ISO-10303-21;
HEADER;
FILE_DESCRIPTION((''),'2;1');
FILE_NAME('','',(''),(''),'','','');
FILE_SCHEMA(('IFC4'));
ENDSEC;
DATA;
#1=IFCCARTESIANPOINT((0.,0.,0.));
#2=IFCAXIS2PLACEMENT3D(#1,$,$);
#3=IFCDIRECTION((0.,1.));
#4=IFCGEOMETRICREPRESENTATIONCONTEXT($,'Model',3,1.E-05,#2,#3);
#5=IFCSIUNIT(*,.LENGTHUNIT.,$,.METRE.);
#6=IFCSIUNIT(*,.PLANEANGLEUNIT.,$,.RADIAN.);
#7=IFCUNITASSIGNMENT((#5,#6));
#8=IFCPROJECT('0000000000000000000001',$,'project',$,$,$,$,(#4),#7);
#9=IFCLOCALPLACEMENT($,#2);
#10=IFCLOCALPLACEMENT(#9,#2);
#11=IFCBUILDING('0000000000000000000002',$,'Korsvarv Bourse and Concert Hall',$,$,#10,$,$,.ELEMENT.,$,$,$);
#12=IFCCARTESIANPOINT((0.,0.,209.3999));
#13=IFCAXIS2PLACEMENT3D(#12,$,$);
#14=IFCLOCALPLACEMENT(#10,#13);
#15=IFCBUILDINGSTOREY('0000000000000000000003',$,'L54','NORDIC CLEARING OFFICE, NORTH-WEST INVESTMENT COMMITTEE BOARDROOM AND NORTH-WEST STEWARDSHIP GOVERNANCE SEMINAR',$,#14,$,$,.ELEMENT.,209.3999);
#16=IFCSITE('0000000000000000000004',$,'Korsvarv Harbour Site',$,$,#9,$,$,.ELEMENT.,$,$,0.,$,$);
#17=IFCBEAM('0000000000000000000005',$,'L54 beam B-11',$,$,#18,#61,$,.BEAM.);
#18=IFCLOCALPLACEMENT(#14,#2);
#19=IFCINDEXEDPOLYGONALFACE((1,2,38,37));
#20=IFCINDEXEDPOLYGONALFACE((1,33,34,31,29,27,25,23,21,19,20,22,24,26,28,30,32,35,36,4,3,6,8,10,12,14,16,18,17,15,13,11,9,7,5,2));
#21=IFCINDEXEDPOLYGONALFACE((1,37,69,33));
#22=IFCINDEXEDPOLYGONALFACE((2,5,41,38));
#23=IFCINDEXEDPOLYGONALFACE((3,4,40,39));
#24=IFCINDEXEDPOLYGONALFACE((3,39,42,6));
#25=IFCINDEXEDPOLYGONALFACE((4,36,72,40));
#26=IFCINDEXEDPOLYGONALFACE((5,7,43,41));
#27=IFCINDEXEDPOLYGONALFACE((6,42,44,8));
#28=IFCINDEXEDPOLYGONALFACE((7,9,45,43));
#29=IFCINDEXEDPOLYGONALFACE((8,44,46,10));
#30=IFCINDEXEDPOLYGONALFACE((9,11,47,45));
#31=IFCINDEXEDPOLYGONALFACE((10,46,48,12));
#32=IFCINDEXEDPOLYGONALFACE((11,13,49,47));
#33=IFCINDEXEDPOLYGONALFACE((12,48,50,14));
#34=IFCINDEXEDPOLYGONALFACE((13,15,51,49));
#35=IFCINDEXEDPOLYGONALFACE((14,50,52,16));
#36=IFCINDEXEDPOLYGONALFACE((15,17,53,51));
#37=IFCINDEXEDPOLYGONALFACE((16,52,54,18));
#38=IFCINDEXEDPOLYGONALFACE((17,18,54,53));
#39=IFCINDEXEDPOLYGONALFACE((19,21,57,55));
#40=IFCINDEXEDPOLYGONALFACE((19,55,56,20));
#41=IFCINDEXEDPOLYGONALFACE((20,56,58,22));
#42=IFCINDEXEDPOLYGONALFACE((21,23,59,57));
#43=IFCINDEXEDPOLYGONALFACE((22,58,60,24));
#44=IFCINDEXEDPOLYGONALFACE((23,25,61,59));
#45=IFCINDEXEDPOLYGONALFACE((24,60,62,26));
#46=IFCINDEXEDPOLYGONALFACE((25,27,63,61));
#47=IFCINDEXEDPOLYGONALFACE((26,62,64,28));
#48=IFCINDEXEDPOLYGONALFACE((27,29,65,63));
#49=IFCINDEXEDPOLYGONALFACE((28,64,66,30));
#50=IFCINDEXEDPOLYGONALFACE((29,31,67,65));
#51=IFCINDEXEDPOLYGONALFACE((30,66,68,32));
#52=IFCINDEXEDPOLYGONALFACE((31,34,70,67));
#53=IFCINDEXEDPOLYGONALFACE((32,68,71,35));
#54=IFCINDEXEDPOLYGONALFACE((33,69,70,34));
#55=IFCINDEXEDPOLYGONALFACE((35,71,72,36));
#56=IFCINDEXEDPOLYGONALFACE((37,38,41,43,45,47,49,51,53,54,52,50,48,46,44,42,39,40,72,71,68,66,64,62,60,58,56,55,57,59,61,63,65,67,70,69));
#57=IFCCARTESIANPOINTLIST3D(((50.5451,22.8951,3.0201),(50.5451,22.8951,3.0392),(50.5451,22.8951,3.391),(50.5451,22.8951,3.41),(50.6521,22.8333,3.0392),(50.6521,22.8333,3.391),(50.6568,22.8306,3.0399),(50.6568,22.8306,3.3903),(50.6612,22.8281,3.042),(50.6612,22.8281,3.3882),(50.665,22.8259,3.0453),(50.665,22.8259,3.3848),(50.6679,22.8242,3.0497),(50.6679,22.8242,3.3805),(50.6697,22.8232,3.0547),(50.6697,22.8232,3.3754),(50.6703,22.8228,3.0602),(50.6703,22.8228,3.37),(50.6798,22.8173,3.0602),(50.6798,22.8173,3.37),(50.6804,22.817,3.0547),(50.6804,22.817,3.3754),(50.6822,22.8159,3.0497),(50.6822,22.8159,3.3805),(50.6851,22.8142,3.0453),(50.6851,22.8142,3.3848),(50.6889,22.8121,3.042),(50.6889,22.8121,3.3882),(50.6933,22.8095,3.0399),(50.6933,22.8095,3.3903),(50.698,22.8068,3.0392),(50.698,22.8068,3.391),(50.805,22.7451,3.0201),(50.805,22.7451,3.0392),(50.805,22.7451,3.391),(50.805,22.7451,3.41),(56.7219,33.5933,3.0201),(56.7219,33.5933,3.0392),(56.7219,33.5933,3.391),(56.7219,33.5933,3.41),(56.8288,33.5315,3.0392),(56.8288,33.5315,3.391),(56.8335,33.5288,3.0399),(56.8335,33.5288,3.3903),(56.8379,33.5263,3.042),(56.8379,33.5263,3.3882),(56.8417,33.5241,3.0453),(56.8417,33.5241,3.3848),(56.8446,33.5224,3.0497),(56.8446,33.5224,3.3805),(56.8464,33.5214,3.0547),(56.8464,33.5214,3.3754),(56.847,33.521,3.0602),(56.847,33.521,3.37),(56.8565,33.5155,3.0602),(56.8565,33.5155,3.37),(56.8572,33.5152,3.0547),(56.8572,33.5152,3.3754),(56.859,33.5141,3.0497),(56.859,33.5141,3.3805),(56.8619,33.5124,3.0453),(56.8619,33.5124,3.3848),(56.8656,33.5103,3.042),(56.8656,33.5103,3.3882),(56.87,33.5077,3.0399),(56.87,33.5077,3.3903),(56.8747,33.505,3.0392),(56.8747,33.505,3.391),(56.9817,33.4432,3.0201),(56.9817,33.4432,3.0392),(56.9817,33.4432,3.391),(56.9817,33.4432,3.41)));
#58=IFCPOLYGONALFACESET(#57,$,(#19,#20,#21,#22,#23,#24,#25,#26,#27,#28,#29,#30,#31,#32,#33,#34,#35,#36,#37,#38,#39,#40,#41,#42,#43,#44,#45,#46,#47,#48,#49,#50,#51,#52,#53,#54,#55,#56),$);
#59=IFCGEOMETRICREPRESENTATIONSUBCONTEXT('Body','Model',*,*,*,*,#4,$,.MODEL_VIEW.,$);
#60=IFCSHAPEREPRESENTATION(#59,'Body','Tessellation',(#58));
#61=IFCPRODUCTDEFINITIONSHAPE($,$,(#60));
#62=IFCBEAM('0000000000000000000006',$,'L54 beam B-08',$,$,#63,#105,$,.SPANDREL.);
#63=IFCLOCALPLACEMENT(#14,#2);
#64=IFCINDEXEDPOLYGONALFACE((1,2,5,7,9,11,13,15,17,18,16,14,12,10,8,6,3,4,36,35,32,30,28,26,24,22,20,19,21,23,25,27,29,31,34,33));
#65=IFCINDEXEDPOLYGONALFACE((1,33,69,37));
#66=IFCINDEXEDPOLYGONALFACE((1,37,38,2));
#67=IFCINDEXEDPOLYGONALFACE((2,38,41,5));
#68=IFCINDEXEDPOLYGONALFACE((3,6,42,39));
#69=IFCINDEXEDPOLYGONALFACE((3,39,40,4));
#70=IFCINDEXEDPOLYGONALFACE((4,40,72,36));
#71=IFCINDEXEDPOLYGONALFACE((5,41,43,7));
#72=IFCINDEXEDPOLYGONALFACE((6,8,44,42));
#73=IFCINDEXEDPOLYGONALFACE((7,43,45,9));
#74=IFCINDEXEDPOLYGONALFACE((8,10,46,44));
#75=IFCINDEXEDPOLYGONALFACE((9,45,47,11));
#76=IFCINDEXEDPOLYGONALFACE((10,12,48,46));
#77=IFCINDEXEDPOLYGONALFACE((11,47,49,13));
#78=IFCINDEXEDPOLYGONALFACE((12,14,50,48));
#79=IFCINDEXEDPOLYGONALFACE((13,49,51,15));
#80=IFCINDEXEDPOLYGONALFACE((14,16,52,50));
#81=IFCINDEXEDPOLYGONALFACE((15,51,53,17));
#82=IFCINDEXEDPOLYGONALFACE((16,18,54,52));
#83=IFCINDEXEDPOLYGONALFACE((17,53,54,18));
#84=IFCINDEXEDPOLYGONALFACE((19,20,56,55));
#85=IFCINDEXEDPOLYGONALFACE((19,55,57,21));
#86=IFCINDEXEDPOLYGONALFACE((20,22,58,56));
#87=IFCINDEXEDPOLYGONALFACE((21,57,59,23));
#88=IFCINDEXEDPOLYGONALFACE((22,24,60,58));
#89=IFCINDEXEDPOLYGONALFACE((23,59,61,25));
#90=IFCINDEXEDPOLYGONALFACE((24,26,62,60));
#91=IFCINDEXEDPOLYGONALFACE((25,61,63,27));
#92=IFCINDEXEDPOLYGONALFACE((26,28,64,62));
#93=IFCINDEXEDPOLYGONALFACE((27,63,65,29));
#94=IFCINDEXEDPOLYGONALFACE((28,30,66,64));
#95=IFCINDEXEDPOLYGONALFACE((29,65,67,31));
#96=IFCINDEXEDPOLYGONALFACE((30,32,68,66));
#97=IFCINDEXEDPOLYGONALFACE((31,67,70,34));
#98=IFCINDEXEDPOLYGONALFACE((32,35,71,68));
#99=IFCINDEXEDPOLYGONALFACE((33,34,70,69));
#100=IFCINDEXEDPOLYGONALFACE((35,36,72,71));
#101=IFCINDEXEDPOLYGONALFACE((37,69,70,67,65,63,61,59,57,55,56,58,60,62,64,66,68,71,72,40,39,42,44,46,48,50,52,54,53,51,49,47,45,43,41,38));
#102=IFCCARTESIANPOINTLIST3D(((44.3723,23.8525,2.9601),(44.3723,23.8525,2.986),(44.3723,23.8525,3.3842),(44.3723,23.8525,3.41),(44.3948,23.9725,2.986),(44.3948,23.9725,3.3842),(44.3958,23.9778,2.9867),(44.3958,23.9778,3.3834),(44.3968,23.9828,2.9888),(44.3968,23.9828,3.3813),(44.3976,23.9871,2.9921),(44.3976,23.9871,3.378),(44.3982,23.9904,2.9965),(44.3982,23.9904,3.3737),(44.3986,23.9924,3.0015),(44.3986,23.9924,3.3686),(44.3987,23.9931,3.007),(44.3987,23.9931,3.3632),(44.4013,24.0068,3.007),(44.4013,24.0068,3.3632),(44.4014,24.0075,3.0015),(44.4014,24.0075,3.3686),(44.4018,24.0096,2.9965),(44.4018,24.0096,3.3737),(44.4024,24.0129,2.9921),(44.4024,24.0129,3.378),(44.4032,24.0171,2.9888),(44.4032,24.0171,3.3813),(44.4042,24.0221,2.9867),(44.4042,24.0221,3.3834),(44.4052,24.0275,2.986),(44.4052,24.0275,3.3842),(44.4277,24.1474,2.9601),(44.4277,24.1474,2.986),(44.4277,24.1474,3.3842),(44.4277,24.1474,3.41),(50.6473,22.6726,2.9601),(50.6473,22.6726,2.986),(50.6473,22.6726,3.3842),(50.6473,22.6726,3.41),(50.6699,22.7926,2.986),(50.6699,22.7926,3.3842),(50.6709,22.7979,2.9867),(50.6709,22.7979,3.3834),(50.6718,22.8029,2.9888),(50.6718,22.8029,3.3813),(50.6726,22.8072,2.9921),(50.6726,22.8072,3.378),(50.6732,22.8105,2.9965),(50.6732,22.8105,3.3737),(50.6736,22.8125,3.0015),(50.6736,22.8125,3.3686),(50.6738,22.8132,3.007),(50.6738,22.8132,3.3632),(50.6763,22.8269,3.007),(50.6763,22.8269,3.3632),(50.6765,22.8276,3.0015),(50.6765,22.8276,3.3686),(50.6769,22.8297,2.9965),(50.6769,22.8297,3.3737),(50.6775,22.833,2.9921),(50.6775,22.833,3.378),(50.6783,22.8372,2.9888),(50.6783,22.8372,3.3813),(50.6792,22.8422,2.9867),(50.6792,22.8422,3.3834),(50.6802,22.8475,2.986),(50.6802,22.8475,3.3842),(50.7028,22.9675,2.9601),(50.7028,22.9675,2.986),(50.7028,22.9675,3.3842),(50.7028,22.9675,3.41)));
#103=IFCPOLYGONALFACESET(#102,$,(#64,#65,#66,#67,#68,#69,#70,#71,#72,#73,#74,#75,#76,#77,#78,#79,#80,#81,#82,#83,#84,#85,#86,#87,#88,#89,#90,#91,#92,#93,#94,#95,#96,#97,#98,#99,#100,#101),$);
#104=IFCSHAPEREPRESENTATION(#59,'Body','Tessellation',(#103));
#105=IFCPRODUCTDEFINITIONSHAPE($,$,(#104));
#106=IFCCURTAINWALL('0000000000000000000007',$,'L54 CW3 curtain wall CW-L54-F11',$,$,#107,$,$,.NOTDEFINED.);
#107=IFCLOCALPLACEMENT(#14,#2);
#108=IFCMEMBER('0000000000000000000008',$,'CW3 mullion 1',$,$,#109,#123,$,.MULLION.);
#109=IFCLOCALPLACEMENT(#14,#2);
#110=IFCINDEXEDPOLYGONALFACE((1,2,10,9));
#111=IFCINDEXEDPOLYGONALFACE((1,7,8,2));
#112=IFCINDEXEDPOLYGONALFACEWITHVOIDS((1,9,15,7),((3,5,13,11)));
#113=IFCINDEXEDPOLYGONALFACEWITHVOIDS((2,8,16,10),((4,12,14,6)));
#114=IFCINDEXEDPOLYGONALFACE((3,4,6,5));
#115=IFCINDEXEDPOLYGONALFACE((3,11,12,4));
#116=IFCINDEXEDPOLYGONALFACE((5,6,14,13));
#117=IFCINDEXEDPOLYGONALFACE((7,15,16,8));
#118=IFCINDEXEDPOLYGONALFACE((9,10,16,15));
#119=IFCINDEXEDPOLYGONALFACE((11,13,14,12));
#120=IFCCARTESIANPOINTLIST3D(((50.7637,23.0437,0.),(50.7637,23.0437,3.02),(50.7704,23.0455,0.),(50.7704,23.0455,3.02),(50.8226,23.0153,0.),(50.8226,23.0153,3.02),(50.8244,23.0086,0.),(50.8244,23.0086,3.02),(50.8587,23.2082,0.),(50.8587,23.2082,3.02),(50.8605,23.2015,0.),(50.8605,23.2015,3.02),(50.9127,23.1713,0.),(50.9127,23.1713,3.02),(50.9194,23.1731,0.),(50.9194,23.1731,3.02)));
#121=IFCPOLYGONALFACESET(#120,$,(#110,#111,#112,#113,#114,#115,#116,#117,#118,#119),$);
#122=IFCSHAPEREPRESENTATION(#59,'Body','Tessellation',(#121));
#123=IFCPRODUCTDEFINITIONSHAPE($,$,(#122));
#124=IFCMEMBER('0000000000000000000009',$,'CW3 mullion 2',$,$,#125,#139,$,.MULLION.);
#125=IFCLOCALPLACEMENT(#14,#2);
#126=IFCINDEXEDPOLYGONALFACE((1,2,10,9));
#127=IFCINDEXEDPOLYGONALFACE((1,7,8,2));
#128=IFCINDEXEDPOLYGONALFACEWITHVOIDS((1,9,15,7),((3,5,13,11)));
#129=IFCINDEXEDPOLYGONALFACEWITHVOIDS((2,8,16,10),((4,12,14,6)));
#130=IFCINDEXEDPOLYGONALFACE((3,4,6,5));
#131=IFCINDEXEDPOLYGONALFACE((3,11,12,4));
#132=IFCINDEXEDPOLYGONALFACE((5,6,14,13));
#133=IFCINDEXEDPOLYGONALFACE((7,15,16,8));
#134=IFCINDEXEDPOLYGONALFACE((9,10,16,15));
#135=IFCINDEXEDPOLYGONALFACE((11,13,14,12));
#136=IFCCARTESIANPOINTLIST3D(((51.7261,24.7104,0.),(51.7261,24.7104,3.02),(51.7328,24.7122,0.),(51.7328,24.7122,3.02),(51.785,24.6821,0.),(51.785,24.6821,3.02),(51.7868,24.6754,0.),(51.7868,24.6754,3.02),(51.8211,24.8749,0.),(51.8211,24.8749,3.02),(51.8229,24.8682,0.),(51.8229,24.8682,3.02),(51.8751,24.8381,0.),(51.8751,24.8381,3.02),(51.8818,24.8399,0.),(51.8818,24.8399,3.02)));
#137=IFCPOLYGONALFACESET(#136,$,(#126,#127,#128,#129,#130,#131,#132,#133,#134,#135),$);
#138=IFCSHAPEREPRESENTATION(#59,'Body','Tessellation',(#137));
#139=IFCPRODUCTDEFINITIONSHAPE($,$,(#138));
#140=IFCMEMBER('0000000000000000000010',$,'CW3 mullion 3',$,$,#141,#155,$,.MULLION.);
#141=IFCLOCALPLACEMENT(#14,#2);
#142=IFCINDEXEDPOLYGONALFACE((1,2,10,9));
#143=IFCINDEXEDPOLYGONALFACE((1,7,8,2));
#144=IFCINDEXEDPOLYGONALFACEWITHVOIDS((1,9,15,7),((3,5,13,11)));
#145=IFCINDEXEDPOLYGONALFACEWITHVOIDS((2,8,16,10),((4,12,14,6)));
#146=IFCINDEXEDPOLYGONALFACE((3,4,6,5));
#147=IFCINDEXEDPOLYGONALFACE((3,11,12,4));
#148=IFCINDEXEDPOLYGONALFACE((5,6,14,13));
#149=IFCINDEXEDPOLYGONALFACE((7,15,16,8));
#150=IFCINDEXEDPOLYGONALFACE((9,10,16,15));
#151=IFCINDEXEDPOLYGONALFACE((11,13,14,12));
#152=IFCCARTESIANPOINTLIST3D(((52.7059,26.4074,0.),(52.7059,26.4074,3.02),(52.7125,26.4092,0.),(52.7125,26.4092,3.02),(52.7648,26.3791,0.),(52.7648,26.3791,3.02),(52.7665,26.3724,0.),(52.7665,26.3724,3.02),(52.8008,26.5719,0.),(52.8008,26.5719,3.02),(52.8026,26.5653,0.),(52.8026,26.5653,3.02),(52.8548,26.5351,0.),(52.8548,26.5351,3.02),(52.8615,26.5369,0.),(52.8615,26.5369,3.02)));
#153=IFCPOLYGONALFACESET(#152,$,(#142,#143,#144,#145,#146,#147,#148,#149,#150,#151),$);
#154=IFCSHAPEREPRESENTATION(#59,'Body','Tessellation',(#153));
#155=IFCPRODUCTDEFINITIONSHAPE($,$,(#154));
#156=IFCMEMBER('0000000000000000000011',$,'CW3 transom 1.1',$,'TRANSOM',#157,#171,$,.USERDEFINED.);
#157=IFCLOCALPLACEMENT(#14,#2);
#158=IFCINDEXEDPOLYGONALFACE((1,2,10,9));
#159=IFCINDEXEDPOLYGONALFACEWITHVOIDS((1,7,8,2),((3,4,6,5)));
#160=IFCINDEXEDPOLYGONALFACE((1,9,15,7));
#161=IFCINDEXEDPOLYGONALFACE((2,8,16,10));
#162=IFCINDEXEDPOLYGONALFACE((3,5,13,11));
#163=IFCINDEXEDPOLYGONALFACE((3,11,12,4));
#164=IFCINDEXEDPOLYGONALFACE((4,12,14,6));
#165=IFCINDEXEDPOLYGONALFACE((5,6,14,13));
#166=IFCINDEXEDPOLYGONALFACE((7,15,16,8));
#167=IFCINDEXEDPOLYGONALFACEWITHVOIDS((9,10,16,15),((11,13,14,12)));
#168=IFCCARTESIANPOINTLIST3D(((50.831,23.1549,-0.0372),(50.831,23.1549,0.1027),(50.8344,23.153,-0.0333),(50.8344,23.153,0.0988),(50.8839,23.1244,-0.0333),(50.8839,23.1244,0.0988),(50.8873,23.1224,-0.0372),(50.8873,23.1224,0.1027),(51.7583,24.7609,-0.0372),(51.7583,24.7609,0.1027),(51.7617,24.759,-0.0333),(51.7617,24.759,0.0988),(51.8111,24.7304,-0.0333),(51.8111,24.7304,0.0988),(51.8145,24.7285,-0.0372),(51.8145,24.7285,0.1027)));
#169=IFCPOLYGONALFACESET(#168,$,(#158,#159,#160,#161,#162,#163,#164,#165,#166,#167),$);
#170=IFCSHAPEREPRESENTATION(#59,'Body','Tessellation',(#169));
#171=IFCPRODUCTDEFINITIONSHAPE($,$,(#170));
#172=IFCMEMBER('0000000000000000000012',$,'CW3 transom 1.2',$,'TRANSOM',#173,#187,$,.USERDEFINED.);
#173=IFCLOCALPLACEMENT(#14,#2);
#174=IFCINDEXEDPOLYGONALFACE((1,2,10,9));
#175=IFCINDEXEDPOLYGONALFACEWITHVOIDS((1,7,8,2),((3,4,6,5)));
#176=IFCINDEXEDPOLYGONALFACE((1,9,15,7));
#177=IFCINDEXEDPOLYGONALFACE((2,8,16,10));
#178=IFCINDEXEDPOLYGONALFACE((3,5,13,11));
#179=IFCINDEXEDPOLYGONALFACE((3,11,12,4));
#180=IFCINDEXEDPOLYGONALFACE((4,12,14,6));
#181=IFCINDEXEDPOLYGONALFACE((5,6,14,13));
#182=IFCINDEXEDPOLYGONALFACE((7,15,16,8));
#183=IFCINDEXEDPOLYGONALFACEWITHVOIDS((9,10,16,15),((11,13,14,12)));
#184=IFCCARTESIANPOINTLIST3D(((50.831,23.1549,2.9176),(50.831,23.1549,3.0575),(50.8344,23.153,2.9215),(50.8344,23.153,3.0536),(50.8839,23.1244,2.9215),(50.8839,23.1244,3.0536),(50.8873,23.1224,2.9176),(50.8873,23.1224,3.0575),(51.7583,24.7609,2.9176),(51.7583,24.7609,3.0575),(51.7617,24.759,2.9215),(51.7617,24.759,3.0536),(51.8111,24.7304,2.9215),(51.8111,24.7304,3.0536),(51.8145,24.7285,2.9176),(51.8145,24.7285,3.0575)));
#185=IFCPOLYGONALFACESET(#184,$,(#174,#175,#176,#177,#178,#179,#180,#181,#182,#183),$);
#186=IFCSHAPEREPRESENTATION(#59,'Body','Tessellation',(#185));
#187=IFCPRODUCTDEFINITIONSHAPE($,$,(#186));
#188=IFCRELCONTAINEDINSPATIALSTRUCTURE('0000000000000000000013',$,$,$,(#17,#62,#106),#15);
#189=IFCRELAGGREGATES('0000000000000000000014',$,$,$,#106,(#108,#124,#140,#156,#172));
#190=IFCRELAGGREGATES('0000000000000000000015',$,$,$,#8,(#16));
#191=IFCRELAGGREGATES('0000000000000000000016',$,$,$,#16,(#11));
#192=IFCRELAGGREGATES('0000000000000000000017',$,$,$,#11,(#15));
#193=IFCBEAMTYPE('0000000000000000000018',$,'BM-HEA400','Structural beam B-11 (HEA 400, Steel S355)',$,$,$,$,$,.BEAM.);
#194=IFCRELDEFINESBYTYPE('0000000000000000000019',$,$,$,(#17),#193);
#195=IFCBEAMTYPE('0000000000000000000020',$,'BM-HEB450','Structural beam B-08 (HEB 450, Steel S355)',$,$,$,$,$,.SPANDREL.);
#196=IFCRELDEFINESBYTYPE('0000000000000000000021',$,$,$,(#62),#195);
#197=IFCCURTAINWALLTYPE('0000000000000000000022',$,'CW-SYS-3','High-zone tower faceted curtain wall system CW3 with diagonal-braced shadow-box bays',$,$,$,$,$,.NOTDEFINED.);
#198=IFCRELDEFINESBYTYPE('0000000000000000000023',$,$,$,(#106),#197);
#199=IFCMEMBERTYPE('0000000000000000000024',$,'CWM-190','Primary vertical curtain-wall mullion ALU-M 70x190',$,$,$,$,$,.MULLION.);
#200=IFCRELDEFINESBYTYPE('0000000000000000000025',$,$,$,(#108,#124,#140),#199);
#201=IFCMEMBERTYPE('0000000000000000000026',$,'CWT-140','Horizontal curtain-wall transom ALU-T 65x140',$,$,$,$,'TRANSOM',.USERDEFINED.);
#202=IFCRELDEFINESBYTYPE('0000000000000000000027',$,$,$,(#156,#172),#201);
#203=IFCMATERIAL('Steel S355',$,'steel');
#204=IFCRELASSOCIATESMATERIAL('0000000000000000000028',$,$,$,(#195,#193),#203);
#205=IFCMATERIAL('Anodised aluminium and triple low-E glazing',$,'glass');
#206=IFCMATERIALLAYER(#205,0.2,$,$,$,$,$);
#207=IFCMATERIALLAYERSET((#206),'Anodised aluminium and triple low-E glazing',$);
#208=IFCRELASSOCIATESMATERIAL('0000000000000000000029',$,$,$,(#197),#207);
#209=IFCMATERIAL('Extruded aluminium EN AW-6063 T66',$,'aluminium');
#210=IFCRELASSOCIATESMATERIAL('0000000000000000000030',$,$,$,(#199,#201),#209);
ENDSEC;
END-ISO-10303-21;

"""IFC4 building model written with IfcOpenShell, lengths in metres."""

from ifc_helpers import new_model, si_unit, direction, frame, origin, origin_2d, place, context, subcontext, project, spatial, hollow_rectangle, i_section, extrude, source, transform, mapped, material, layer, layer_set, material_profile, profile_set, type_object, element, aggregate, save


model = new_model("IFC4")

# Units and contexts
model_context = context("Model", 3, precision=1e-05, world=origin(), true_north=direction((0.0, 1.0)))
body_context = subcontext(model_context, "Body", "Model", "MODEL_VIEW")
ifc_project = project(units=[si_unit("LENGTHUNIT", "METRE"), si_unit("PLANEANGLEUNIT", "RADIAN")], contexts=[model_context])

# Site, building, storey
site_placement = place(None, origin())
site = spatial("IfcSite", under=ifc_project, at=site_placement, Name="Korsvarv Harbour Site", CompositionType="ELEMENT", RefElevation=0.0)
building_placement = place(site_placement, origin())
building = spatial("IfcBuilding", under=site, at=building_placement, Name="Korsvarv Bourse and Concert Hall", CompositionType="ELEMENT")
storey_placement = place(building_placement, frame((0.0, 0.0, 209.3999)))
storey = spatial("IfcBuildingStorey", under=building, at=storey_placement, Name="L54", Description="NORDIC CLEARING OFFICE, NORTH-WEST INVESTMENT COMMITTEE BOARDROOM AND NORTH-WEST STEWARDSHIP GOVERNANCE SEMINAR", CompositionType="ELEMENT", Elevation=209.3999)

# Shared definitions
ifc_material_1 = material(Name="Steel S355", Category="steel")

# Beams
ifc_material_profile_1 = material_profile(ifc_material_1, i_section(OverallWidth=0.3, OverallDepth=0.45, WebThickness=0.0139, FlangeThickness=0.0259, FilletRadius=0.021, at=origin_2d()), Name="HEB 450")
ifc_profile_set_1 = profile_set([ifc_material_profile_1], Name="Steel S355")
beam_type_1 = type_object("IfcBeamType", Name="BM-HEB450", Description="Structural beam B-08 (HEB 450, Steel S355)", PredefinedType="SPANDREL", material=ifc_profile_set_1)
ifc_material_profile_2 = material_profile(ifc_material_1, i_section(OverallWidth=0.3, OverallDepth=0.3899, WebThickness=0.011, FlangeThickness=0.019, FilletRadius=0.021, at=origin_2d()), Name="HEA 400")
ifc_profile_set_2 = profile_set([ifc_material_profile_2], Name="Steel S355")
beam_type_2 = type_object("IfcBeamType", Name="BM-HEA400", Description="Structural beam B-11 (HEA 400, Steel S355)", PredefinedType="BEAM", material=ifc_profile_set_2)
shared_shape_1 = source(origin(), body_context, "Body", "SweptSolid", [
    extrude(i_section(OverallWidth=0.3, OverallDepth=0.3899, WebThickness=0.011, FlangeThickness=0.019, FilletRadius=0.021, at=origin_2d()), origin(), (0.0, 0.0, 1.0), 12.3533),
])
beam_1_placement = place(storey_placement, frame((50.675, 22.8201, 3.2151), z_axis=(0.500008, 0.866021, 0.0), x_axis=(-0.866021, 0.500008, 0.0)))
element("IfcBeam", 1, at=beam_1_placement, inside=storey, type_object=beam_type_2, Name="L54 beam B-11", PredefinedType="BEAM", context=body_context, shape_type="MappedRepresentation", body=[
    mapped(shared_shape_1, transform((0.0, 0.0, 0.0), scale=1.0)),
])
shared_shape_2 = source(origin(), body_context, "Body", "SweptSolid", [
    extrude(i_section(OverallWidth=0.3, OverallDepth=0.45, WebThickness=0.0139, FlangeThickness=0.0259, FilletRadius=0.021, at=origin_2d()), origin(), (0.0, 0.0, 1.0), 6.385),
])
beam_2_placement = place(storey_placement, frame((50.675, 22.8201, 3.1851), z_axis=(-0.982777, 0.184794, 0.0), x_axis=(-0.184794, -0.982777, 0.0)))
element("IfcBeam", 2, at=beam_2_placement, inside=storey, type_object=beam_type_1, Name="L54 beam B-08", PredefinedType="SPANDREL", context=body_context, shape_type="MappedRepresentation", body=[
    mapped(shared_shape_2, transform((0.0, 0.0, 0.0), scale=1.0)),
])

# Curtain wall, members
ifc_material_2 = material(Name="Anodised aluminium and triple low-E glazing", Category="glass")
ifc_layer_1 = layer(ifc_material_2, 0.2)
ifc_layer_set_1 = layer_set([ifc_layer_1], Name="Anodised aluminium and triple low-E glazing")
curtain_wall_type = type_object("IfcCurtainWallType", Name="CW-SYS-3", Description="High-zone tower faceted curtain wall system CW3 with diagonal-braced shadow-box bays", PredefinedType="NOTDEFINED", material=ifc_layer_set_1)
curtain_wall_placement = place(storey_placement, origin())
curtain_wall = element("IfcCurtainWall", 3, at=curtain_wall_placement, inside=storey, type_object=curtain_wall_type, Name="L54 CW3 curtain wall CW-L54-F11", PredefinedType="NOTDEFINED")
ifc_material_3 = material(Name="Extruded aluminium EN AW-6063 T66", Category="aluminium")
ifc_material_profile_3 = material_profile(ifc_material_3, hollow_rectangle(XDim=0.0701, YDim=0.1899, WallThickness=0.0049, at=origin_2d()), Name="ALU-M 70x190")
ifc_profile_set_3 = profile_set([ifc_material_profile_3], Name="Extruded aluminium EN AW-6063 T66")
member_type_1 = type_object("IfcMemberType", Name="CWM-190", Description="Primary vertical curtain-wall mullion ALU-M 70x190", PredefinedType="MULLION", material=ifc_profile_set_3)
shared_shape_3 = source(origin(), body_context, "Body", "SweptSolid", [
    extrude(hollow_rectangle(XDim=0.0701, YDim=0.1899, WallThickness=0.0049, at=origin_2d()), origin(), (0.0, 0.0, 1.0), 3.02),
])
member_1_placement = place(storey_placement, frame((50.8416, 23.1084, 0.0), z_axis=(0.0, 0.0, 1.0), x_axis=(-0.866027, 0.499997, 0.0)))
member_1 = element("IfcMember", 4, at=member_1_placement, type_object=member_type_1, Name="CW3 mullion 1", PredefinedType="MULLION", context=body_context, shape_type="MappedRepresentation", body=[
    mapped(shared_shape_3, transform((0.0, 0.0, 0.0), scale=1.0)),
])
member_2_placement = place(storey_placement, frame((51.804, 24.7751, 0.0), z_axis=(0.0, 0.0, 1.0), x_axis=(-0.866027, 0.499997, 0.0)))
member_2 = element("IfcMember", 5, at=member_2_placement, type_object=member_type_1, Name="CW3 mullion 2", PredefinedType="MULLION", context=body_context, shape_type="MappedRepresentation", body=[
    mapped(shared_shape_3, transform((0.0, 0.0, 0.0), scale=1.0)),
])
member_3_placement = place(storey_placement, frame((52.7837, 26.4722, 0.0), z_axis=(0.0, 0.0, 1.0), x_axis=(-0.866027, 0.499997, 0.0)))
member_3 = element("IfcMember", 6, at=member_3_placement, type_object=member_type_1, Name="CW3 mullion 3", PredefinedType="MULLION", context=body_context, shape_type="MappedRepresentation", body=[
    mapped(shared_shape_3, transform((0.0, 0.0, 0.0), scale=1.0)),
])
ifc_material_profile_4 = material_profile(ifc_material_3, hollow_rectangle(XDim=0.0649, YDim=0.1399, WallThickness=0.0039, at=origin_2d()), Name="ALU-T 65x140")
ifc_profile_set_4 = profile_set([ifc_material_profile_4], Name="Extruded aluminium EN AW-6063 T66")
member_type_2 = type_object("IfcMemberType", Name="CWT-140", Description="Horizontal curtain-wall transom ALU-T 65x140", ElementType="TRANSOM", PredefinedType="USERDEFINED", material=ifc_profile_set_4)
shared_shape_4 = source(origin(), body_context, "Body", "SweptSolid", [
    extrude(hollow_rectangle(XDim=0.0649, YDim=0.1399, WallThickness=0.0039, at=origin_2d()), origin(), (0.0, 0.0, 1.0), 1.8545),
])
member_4_placement = place(storey_placement, frame((50.8591, 23.1387, 0.0327), z_axis=(0.500019, 0.866015, 0.0), x_axis=(-0.866015, 0.500019, 0.0)))
member_4 = element("IfcMember", 7, at=member_4_placement, type_object=member_type_2, Name="CW3 transom 1.1", ObjectType="TRANSOM", PredefinedType="USERDEFINED", context=body_context, shape_type="MappedRepresentation", body=[
    mapped(shared_shape_4, transform((0.0, 0.0, 0.0), scale=1.0)),
])
member_5_placement = place(storey_placement, frame((50.8591, 23.1387, 2.9875), z_axis=(0.500019, 0.866015, 0.0), x_axis=(-0.866015, 0.500019, 0.0)))
member_5 = element("IfcMember", 8, at=member_5_placement, type_object=member_type_2, Name="CW3 transom 1.2", ObjectType="TRANSOM", PredefinedType="USERDEFINED", context=body_context, shape_type="MappedRepresentation", body=[
    mapped(shared_shape_4, transform((0.0, 0.0, 0.0), scale=1.0)),
])
aggregate(curtain_wall, [member_1, member_2, member_3, member_4, member_5])

save(model, "model.ifc")
